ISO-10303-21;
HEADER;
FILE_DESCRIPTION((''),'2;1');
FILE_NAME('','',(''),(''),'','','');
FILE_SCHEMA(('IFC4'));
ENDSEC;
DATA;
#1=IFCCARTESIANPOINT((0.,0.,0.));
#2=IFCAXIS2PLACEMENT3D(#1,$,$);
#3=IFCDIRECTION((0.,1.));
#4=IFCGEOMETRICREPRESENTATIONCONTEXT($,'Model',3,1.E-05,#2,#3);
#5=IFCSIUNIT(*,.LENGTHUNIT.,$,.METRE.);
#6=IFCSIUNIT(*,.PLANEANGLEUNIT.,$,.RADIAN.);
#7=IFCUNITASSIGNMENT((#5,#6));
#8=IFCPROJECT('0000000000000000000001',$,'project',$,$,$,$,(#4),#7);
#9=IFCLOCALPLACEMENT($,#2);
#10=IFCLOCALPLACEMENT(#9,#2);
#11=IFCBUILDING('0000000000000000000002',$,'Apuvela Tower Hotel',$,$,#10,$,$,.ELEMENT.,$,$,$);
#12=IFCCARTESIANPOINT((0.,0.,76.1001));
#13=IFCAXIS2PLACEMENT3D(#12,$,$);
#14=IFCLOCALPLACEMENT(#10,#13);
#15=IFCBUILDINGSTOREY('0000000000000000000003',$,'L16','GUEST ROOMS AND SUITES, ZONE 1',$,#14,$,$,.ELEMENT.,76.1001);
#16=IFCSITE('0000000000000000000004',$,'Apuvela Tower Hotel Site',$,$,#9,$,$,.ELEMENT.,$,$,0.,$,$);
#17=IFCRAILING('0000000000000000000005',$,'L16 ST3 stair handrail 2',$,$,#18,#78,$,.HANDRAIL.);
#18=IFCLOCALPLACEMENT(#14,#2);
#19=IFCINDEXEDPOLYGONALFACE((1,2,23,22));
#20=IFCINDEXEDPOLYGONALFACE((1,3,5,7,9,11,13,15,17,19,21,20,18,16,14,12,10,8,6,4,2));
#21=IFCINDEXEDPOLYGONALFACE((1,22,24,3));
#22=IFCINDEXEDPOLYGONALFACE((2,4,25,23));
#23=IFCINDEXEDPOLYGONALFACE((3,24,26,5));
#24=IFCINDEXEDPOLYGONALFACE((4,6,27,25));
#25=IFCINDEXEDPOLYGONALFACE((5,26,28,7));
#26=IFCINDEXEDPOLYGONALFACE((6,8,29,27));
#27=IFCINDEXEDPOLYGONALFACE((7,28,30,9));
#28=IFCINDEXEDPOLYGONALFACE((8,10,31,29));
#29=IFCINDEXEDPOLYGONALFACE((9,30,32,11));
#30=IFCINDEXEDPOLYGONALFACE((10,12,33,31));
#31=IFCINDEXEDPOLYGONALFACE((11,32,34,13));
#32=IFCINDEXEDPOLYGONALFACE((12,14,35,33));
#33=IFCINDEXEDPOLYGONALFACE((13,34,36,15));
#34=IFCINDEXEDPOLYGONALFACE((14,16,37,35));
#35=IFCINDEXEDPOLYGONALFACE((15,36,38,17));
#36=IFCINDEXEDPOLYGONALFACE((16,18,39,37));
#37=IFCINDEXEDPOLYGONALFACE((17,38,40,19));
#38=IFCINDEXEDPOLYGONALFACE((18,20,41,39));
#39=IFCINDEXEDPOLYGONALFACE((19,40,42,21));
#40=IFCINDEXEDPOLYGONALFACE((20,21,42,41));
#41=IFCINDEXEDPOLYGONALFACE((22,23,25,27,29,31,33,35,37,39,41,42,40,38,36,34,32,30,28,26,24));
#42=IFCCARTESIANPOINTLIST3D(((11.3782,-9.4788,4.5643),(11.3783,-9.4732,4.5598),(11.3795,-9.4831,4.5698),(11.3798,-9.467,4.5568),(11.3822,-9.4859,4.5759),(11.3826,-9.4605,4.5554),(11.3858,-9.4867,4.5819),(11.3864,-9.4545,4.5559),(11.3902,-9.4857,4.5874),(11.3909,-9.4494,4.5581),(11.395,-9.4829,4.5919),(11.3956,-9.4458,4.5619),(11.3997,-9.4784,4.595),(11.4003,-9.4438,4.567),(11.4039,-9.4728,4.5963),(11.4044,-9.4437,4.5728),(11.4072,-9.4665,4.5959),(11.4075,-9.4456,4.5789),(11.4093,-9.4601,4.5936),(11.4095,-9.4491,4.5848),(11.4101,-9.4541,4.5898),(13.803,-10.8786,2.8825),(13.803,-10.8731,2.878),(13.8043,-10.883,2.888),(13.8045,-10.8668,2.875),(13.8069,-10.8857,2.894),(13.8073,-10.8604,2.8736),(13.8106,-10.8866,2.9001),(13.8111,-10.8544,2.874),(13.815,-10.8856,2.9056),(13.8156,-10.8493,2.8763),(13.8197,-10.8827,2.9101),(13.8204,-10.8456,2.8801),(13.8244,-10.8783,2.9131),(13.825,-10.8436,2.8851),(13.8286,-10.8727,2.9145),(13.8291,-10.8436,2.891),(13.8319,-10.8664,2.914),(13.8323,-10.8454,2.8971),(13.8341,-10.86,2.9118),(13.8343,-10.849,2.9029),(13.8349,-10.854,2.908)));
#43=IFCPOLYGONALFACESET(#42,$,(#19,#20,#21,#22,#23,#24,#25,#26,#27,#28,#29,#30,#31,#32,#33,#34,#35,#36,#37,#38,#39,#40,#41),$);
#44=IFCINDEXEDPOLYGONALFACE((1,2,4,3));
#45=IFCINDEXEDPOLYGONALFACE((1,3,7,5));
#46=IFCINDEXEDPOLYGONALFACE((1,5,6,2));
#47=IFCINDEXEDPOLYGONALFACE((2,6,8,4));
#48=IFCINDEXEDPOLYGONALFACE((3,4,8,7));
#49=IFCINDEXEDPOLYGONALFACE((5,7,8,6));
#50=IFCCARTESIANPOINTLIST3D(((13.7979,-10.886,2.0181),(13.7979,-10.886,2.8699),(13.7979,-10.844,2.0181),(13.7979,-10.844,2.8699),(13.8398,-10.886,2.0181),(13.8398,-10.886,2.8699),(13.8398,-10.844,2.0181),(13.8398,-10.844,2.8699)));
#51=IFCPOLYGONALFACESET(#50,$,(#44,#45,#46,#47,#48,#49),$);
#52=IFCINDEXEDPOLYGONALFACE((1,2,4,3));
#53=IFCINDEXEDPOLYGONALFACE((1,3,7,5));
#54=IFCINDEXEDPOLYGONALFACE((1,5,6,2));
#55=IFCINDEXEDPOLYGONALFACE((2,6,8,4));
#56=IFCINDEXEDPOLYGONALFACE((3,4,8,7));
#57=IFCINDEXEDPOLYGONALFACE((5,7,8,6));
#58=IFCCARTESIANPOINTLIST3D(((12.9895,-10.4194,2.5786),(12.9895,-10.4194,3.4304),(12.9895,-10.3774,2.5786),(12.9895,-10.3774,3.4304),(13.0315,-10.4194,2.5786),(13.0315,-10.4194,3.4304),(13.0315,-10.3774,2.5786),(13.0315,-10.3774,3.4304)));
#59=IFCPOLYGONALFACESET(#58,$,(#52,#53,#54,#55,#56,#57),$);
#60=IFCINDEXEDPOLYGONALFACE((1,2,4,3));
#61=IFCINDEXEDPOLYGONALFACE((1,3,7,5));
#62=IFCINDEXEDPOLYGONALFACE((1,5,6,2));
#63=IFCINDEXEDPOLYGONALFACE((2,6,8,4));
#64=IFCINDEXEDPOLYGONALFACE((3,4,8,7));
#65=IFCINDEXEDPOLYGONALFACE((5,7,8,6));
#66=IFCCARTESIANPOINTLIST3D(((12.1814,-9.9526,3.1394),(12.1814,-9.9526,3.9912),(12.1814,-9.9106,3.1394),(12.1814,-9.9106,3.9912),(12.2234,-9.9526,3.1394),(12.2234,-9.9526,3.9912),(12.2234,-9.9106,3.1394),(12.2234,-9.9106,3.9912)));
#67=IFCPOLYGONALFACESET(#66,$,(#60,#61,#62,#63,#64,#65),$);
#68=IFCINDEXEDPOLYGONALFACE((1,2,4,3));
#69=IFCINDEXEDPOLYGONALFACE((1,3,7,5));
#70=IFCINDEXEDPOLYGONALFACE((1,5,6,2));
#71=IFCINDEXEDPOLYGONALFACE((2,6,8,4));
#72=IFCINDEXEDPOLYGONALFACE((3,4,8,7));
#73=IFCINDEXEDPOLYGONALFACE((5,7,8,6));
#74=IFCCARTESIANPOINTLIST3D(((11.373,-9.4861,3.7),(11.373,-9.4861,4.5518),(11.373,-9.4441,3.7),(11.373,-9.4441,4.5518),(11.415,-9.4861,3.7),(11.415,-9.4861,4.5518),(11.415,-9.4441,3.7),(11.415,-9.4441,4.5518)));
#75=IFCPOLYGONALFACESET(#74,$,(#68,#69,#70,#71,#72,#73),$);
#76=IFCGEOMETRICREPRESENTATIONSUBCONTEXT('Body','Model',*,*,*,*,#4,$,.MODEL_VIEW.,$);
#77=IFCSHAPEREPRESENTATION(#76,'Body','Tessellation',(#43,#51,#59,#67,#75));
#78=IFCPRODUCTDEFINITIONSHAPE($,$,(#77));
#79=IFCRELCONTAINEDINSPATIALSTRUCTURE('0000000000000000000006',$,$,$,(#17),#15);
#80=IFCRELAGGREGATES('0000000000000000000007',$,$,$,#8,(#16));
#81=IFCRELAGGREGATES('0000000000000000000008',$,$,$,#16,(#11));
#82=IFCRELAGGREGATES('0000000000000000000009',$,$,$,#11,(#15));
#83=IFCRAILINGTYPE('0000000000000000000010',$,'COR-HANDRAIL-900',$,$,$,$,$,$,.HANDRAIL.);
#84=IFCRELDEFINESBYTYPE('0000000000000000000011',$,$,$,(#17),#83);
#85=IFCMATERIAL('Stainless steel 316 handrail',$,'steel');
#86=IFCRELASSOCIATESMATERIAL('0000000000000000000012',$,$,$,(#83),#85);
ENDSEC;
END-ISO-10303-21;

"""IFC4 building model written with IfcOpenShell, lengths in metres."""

from ifc_helpers import new_model, si_unit, direction, frame, origin, origin_2d, place, context, subcontext, project, spatial, rectangle, circle, extrude, material, type_object, element, save


model = new_model("IFC4")

# Units and contexts
model_context = context("Model", 3, precision=1e-05, world=origin(), true_north=direction((0.0, 1.0)))
body_context = subcontext(model_context, "Body", "Model", "MODEL_VIEW")
ifc_project = project(units=[si_unit("LENGTHUNIT", "METRE"), si_unit("PLANEANGLEUNIT", "RADIAN")], contexts=[model_context])

# Site, building, storey
site_placement = place(None, origin())
site = spatial("IfcSite", under=ifc_project, at=site_placement, Name="Apuvela Tower Hotel Site", CompositionType="ELEMENT", RefElevation=0.0)
building_placement = place(site_placement, origin())
building = spatial("IfcBuilding", under=site, at=building_placement, Name="Apuvela Tower Hotel", CompositionType="ELEMENT")
storey_placement = place(building_placement, frame((0.0, 0.0, 76.1001)))
storey = spatial("IfcBuildingStorey", under=building, at=storey_placement, Name="L16", Description="GUEST ROOMS AND SUITES, ZONE 1", CompositionType="ELEMENT", Elevation=76.1001)

# Railing
ifc_material_1 = material(Name="Stainless steel 316 handrail", Category="steel")
railing_type_1 = type_object("IfcRailingType", Name="COR-HANDRAIL-900", PredefinedType="HANDRAIL", material=ifc_material_1)
railing_1_placement = place(storey_placement, frame((13.8188, -10.865, 2.0181)))
element("IfcRailing", 1, at=railing_1_placement, inside=storey, type_object=railing_type_1, Name="L16 ST3 stair handrail 2", PredefinedType="HANDRAIL", context=body_context, shape_type="SweptSolid", body=[
    extrude(circle(Radius=0.0239, at=origin_2d()), frame((0.0, 0.0, 0.876), z_axis=(-0.74239, 0.428601, 0.514934), x_axis=(-0.499984, -0.866035, 0.0)), (0.0, 0.0, 1.0), 3.2661),
    extrude(rectangle(XDim=0.042, YDim=0.042, at=origin_2d()), origin(), (0.0, 0.0, 1.0), 0.8518),
    extrude(rectangle(XDim=0.042, YDim=0.042, at=origin_2d()), frame((-0.8083, 0.4666, 0.5605)), (0.0, 0.0, 1.0), 0.8518),
    extrude(rectangle(XDim=0.042, YDim=0.042, at=origin_2d()), frame((-1.6165, 0.9333, 1.1213)), (0.0, 0.0, 1.0), 0.8518),
    extrude(rectangle(XDim=0.042, YDim=0.042, at=origin_2d()), frame((-2.4248, 1.3999, 1.6819)), (0.0, 0.0, 1.0), 0.8518),
])

save(model, "model.ifc")
